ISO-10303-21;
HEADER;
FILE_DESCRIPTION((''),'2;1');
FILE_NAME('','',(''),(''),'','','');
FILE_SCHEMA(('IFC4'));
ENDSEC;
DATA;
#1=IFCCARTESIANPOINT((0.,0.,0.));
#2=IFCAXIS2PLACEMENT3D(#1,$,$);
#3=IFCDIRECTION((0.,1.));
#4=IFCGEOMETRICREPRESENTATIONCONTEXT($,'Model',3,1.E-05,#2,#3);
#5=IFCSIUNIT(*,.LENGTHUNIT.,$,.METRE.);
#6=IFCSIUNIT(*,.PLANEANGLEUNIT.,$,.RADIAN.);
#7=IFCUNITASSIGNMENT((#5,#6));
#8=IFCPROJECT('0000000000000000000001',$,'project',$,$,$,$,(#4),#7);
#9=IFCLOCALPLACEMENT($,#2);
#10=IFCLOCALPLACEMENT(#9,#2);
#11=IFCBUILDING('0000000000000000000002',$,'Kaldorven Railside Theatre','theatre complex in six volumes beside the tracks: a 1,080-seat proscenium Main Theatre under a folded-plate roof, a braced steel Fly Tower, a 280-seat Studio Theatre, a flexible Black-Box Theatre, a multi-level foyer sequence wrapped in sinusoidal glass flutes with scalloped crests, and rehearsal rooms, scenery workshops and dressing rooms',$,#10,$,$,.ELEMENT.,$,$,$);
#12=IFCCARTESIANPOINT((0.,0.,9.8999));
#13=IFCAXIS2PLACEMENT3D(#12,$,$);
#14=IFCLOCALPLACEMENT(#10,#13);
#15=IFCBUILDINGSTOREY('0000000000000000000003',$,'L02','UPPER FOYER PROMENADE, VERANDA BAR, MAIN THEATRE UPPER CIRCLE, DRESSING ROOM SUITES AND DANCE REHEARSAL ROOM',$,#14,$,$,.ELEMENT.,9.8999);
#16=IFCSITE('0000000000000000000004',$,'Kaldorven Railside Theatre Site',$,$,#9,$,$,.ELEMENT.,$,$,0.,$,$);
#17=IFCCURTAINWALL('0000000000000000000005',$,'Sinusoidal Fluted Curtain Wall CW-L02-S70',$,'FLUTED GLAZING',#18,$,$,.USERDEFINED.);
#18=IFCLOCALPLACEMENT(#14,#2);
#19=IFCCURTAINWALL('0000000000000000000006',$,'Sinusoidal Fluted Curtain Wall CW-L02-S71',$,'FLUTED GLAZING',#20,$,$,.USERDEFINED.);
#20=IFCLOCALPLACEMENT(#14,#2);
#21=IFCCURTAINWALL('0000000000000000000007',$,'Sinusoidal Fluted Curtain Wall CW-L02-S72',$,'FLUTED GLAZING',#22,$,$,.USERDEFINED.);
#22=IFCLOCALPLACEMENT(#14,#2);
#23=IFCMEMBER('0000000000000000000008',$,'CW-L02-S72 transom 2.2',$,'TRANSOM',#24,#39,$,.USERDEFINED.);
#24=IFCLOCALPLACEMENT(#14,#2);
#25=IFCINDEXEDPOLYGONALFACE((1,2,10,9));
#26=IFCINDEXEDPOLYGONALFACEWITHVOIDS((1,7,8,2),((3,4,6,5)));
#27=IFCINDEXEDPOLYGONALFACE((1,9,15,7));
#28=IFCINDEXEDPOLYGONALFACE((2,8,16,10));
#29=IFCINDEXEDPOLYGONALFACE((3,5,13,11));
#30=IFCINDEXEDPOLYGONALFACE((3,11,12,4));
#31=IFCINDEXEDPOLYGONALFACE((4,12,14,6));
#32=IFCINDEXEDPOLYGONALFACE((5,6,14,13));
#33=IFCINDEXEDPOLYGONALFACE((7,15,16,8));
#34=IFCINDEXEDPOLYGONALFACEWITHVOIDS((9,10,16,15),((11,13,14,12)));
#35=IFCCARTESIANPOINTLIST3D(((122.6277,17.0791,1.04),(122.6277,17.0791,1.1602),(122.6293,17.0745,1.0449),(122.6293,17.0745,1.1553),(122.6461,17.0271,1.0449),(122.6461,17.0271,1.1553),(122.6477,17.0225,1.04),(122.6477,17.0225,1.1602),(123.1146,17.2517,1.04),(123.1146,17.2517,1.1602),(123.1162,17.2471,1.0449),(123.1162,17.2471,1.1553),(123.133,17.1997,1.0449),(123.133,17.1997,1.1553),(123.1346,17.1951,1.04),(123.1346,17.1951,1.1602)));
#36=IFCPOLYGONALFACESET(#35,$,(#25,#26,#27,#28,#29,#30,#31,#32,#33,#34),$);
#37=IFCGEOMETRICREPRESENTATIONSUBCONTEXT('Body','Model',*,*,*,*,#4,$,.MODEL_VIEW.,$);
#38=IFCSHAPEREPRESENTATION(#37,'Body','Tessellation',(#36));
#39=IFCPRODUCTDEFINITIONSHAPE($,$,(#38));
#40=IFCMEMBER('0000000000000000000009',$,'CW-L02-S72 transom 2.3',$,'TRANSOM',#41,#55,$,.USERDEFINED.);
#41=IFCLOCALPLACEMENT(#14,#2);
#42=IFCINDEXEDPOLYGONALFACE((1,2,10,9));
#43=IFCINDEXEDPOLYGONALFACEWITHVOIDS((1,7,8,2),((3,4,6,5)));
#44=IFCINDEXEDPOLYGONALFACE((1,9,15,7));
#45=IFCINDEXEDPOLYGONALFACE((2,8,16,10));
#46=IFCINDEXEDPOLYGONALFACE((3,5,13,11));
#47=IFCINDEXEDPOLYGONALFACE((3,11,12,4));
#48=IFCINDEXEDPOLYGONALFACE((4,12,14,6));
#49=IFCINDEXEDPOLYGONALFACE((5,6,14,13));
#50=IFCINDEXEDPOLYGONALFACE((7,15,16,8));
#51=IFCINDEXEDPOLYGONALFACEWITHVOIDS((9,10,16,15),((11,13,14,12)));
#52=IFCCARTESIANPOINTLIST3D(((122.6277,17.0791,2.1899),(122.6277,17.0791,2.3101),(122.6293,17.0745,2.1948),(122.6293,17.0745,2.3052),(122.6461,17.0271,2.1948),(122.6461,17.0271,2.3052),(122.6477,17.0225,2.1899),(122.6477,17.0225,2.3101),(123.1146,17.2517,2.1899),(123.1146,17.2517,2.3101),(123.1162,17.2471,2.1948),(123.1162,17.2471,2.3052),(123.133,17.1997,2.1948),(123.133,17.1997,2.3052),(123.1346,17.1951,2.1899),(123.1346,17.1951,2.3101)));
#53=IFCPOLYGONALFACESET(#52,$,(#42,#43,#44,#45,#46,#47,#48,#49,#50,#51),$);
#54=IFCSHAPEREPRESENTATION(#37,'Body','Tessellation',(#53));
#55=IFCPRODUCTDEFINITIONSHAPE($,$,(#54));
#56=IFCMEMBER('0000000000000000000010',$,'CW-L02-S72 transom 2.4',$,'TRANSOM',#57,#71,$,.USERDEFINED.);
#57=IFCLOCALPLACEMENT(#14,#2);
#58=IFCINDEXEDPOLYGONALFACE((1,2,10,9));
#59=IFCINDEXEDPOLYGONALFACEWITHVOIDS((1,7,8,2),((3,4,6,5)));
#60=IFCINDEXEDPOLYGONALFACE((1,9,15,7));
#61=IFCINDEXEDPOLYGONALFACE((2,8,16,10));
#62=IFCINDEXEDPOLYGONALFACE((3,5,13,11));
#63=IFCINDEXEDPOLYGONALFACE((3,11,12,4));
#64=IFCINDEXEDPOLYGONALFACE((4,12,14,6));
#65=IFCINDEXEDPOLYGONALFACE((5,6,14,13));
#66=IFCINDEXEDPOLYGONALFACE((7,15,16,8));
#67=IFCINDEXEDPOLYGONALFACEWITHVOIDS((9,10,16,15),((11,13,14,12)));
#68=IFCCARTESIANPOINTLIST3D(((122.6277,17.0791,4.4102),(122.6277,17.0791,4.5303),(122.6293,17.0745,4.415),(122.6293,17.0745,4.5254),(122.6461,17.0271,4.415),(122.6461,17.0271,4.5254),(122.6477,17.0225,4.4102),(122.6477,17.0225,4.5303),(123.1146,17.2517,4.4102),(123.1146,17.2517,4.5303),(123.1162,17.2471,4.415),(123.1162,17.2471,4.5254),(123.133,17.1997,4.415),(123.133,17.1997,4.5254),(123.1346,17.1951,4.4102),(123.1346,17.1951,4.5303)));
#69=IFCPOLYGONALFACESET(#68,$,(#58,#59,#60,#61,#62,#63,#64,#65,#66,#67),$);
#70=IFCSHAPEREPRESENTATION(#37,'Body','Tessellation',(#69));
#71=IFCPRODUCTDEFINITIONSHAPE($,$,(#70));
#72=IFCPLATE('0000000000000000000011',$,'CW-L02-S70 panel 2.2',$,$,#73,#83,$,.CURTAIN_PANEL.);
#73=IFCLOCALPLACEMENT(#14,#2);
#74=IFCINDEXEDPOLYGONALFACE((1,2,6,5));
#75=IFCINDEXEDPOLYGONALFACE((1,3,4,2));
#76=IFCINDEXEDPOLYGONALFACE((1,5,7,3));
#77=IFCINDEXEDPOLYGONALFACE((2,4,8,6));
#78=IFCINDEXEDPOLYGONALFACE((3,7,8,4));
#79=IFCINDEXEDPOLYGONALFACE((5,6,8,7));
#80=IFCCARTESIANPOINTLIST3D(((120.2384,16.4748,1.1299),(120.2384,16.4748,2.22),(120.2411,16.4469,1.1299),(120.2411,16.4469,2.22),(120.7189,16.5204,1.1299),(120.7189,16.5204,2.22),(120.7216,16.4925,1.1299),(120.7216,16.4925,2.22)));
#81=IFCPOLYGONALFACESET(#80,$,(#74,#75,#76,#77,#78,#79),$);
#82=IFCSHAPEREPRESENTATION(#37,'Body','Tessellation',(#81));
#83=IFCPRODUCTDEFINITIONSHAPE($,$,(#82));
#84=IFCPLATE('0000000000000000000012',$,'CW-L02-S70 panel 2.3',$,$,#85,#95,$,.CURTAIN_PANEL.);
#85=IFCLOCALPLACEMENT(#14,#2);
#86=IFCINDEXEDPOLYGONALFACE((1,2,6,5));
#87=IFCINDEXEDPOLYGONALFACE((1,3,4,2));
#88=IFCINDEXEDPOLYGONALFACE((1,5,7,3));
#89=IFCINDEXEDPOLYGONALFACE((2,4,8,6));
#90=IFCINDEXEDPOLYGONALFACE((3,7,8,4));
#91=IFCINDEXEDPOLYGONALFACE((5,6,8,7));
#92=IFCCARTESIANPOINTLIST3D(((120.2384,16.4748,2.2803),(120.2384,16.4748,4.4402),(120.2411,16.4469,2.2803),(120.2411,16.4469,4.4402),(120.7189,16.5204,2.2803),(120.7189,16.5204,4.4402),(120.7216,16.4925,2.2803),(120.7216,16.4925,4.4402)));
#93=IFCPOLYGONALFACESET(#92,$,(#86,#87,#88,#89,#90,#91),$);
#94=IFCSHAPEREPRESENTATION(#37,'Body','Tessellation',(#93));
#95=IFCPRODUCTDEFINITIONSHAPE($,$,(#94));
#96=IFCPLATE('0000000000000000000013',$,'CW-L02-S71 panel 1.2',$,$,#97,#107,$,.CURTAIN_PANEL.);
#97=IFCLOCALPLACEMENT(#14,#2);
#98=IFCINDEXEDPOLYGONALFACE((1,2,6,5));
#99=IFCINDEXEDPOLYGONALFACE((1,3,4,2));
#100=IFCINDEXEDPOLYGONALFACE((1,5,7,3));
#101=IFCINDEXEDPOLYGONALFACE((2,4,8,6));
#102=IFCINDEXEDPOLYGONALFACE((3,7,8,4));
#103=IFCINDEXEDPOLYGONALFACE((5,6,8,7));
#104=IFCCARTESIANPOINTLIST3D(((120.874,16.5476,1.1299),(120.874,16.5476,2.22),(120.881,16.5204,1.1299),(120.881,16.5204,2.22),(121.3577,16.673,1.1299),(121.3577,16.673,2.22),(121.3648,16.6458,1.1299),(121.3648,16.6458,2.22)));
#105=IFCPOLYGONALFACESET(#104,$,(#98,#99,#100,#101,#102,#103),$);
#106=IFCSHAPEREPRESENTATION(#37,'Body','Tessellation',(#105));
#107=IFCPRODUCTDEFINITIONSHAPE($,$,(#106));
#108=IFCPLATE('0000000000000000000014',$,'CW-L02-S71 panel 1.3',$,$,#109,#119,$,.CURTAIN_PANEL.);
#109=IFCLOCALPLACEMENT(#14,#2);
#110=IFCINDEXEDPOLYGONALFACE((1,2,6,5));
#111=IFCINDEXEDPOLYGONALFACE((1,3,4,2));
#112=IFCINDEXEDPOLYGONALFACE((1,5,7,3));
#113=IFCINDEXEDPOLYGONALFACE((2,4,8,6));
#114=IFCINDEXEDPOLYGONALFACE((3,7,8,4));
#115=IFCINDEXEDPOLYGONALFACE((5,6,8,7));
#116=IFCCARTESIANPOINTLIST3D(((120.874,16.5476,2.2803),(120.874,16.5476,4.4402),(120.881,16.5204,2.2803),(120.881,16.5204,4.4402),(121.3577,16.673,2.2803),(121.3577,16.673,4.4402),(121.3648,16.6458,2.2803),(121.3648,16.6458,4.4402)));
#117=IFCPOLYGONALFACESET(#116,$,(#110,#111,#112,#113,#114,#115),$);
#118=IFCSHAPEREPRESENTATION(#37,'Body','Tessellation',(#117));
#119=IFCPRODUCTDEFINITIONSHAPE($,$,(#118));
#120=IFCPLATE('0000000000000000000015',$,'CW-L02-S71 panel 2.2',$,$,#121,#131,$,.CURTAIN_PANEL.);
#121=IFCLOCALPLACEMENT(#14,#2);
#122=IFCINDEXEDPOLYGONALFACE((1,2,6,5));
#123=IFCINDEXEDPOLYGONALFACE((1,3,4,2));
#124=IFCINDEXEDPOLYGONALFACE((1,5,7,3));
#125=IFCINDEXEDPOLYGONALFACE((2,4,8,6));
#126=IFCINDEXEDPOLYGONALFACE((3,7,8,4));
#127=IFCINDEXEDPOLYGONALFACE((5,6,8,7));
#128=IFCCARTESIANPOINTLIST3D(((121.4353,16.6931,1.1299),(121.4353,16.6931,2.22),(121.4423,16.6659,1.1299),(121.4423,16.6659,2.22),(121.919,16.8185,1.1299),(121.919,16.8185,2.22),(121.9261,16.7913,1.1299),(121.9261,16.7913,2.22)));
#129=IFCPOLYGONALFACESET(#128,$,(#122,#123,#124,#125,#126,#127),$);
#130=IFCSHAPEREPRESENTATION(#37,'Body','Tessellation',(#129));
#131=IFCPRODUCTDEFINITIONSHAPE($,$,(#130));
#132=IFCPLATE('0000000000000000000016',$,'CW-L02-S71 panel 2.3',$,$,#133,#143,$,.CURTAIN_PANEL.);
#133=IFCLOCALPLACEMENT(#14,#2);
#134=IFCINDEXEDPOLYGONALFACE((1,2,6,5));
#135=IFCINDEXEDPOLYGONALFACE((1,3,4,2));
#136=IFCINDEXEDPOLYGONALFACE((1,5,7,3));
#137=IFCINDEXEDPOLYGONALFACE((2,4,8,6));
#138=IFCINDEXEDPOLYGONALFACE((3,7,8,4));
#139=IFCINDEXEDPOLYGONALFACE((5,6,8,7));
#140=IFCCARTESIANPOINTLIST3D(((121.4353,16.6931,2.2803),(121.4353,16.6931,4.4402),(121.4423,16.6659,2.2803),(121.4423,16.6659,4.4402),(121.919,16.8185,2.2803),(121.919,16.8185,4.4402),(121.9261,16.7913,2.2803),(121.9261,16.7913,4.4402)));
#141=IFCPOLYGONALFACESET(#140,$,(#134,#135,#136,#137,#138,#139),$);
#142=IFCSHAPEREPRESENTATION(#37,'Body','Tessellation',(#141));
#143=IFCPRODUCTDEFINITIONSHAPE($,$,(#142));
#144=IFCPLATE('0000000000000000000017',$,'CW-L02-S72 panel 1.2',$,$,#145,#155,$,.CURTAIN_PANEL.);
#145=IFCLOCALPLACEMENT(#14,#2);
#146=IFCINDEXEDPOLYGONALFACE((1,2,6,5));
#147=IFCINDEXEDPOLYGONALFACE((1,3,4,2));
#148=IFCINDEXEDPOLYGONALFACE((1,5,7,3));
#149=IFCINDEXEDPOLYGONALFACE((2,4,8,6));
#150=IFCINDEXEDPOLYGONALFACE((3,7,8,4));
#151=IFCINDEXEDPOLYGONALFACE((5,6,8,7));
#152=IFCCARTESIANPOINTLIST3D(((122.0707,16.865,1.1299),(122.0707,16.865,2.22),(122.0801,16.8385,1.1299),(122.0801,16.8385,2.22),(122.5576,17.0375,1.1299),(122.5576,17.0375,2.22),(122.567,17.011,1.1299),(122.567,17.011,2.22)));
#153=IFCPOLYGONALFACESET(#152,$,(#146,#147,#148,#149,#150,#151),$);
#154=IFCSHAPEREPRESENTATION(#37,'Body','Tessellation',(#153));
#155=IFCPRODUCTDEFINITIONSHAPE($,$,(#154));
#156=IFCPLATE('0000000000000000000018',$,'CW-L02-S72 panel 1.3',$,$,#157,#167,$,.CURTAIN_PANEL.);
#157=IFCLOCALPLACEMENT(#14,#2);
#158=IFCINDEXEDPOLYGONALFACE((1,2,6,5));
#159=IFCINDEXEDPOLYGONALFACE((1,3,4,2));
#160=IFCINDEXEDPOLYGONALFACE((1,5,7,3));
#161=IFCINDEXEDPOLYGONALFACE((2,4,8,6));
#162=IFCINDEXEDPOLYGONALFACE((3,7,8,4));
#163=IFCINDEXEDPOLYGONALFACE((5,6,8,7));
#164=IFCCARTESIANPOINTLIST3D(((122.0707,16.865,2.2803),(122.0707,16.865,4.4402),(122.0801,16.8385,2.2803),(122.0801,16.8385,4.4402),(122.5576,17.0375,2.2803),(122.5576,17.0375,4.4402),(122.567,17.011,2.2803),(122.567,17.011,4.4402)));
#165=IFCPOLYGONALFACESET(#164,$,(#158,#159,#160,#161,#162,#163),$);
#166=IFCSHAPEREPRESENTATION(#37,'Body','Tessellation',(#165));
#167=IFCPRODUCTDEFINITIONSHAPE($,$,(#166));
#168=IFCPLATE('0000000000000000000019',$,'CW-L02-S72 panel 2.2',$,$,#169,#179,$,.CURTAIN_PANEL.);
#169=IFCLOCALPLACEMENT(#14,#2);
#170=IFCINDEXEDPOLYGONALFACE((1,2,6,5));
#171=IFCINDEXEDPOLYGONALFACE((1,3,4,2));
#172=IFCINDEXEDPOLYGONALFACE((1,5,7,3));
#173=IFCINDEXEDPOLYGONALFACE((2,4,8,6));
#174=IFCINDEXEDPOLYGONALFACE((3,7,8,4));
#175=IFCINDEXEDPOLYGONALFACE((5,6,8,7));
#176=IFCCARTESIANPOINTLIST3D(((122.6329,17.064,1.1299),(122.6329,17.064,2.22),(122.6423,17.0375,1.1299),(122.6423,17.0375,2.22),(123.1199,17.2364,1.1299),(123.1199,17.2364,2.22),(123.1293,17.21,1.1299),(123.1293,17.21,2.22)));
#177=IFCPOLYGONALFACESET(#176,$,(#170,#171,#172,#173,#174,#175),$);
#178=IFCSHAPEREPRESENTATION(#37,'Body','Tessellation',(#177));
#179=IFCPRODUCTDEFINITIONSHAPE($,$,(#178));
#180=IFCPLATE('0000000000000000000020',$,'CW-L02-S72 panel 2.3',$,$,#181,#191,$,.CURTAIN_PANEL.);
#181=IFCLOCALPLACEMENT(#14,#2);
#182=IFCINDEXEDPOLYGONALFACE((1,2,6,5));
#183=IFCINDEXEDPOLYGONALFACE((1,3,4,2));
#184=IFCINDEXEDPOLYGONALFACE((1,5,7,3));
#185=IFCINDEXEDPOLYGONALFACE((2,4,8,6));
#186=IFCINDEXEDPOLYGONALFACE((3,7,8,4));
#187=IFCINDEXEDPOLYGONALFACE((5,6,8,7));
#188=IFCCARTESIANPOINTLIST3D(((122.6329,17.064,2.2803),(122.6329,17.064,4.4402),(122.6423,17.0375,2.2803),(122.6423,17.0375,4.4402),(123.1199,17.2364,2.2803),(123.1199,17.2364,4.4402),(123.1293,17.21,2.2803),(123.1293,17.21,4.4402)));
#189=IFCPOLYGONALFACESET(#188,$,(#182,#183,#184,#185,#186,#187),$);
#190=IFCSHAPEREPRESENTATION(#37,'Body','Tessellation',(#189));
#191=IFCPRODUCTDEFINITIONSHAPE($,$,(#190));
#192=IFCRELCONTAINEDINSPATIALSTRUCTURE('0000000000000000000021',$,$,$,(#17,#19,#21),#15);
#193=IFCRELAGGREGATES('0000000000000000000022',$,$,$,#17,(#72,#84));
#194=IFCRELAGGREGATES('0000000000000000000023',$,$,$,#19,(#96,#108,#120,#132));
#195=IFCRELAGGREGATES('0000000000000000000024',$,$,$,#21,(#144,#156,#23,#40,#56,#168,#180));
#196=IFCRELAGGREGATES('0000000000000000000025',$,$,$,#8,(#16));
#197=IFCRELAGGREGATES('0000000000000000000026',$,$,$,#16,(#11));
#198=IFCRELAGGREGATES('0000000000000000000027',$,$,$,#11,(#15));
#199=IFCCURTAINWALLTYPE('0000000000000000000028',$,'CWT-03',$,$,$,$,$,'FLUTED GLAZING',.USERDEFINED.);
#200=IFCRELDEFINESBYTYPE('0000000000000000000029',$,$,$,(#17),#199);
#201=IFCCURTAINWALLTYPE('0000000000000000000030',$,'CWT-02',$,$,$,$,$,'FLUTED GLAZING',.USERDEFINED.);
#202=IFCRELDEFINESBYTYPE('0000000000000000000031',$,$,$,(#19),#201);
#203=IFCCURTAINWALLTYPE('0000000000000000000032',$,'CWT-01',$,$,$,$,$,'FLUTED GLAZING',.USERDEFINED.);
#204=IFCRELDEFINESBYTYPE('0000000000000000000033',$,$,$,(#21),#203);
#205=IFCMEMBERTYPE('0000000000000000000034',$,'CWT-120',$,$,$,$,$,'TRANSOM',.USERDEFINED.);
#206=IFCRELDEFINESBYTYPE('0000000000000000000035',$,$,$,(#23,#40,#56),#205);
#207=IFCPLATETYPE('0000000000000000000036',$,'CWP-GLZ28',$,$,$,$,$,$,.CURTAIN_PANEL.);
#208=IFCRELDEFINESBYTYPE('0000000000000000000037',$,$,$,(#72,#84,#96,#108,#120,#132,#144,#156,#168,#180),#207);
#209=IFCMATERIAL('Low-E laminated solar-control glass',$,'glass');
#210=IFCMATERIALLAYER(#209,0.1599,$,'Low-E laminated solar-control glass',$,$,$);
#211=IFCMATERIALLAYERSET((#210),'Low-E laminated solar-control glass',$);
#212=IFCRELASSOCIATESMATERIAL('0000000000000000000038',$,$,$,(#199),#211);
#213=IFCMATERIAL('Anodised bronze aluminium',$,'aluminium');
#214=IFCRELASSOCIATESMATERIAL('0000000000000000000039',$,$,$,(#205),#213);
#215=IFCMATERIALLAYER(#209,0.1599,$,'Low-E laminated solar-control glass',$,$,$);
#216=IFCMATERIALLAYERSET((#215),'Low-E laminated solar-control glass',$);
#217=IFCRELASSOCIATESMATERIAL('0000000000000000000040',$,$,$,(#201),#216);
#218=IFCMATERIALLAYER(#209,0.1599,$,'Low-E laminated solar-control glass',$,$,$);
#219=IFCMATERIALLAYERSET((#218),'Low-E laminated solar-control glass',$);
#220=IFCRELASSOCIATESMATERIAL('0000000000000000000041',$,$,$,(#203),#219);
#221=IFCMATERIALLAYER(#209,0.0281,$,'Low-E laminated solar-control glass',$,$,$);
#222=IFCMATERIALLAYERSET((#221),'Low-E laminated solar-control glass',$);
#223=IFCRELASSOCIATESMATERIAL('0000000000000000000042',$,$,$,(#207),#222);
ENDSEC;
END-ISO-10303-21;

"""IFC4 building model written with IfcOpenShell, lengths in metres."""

from ifc_helpers import new_model, si_unit, direction, frame, origin, origin_2d, place, context, subcontext, project, spatial, rectangle, hollow_rectangle, extrude, material, layer, layer_set, material_profile, profile_set, type_object, element, aggregate, save


model = new_model("IFC4")

# Units and contexts
model_context = context("Model", 3, precision=1e-05, world=origin(), true_north=direction((0.0, 1.0)))
body_context = subcontext(model_context, "Body", "Model", "MODEL_VIEW")
ifc_project = project(units=[si_unit("LENGTHUNIT", "METRE"), si_unit("PLANEANGLEUNIT", "RADIAN")], contexts=[model_context])

# Site, building, storey
site_placement = place(None, origin())
site = spatial("IfcSite", under=ifc_project, at=site_placement, Name="Kaldorven Railside Theatre Site", CompositionType="ELEMENT", RefElevation=0.0)
building_placement = place(site_placement, origin())
building = spatial("IfcBuilding", under=site, at=building_placement, Name="Kaldorven Railside Theatre", Description="theatre complex in six volumes beside the tracks: a 1,080-seat proscenium Main Theatre under a folded-plate roof, a braced steel Fly Tower, a 280-seat Studio Theatre, a flexible Black-Box Theatre, a multi-level foyer sequence wrapped in sinusoidal glass flutes with scalloped crests, and rehearsal rooms, scenery workshops and dressing rooms", CompositionType="ELEMENT")
storey_placement = place(building_placement, frame((0.0, 0.0, 9.8999)))
storey = spatial("IfcBuildingStorey", under=building, at=storey_placement, Name="L02", Description="UPPER FOYER PROMENADE, VERANDA BAR, MAIN THEATRE UPPER CIRCLE, DRESSING ROOM SUITES AND DANCE REHEARSAL ROOM", CompositionType="ELEMENT", Elevation=9.8999)

# Curtain walls, members
ifc_material_1 = material(Name="Low-E laminated solar-control glass", Category="glass")
ifc_layer_1 = layer(ifc_material_1, 0.1599, Name="Low-E laminated solar-control glass")
ifc_layer_set_1 = layer_set([ifc_layer_1], Name="Low-E laminated solar-control glass")
curtain_wall_type_1 = type_object("IfcCurtainWallType", Name="CWT-03", ElementType="FLUTED GLAZING", PredefinedType="USERDEFINED", material=ifc_layer_set_1)
curtain_wall_1_placement = place(storey_placement, origin())
curtain_wall_1 = element("IfcCurtainWall", 1, at=curtain_wall_1_placement, inside=storey, type_object=curtain_wall_type_1, Name="Sinusoidal Fluted Curtain Wall CW-L02-S70", ObjectType="FLUTED GLAZING", PredefinedType="USERDEFINED")
ifc_material_2 = material(Name="Anodised bronze aluminium", Category="aluminium")
ifc_material_profile = material_profile(ifc_material_2, hollow_rectangle(XDim=0.0601, YDim=0.1201, WallThickness=0.0049, at=origin_2d()), Name="RHS 120x60x5")
ifc_profile_set = profile_set([ifc_material_profile], Name="Anodised bronze aluminium")
member_type = type_object("IfcMemberType", Name="CWT-120", ElementType="TRANSOM", PredefinedType="USERDEFINED", material=ifc_profile_set)
ifc_layer_2 = layer(ifc_material_1, 0.1599, Name="Low-E laminated solar-control glass")
ifc_layer_set_2 = layer_set([ifc_layer_2], Name="Low-E laminated solar-control glass")
curtain_wall_type_2 = type_object("IfcCurtainWallType", Name="CWT-02", ElementType="FLUTED GLAZING", PredefinedType="USERDEFINED", material=ifc_layer_set_2)
curtain_wall_2_placement = place(storey_placement, origin())
curtain_wall_2 = element("IfcCurtainWall", 2, at=curtain_wall_2_placement, inside=storey, type_object=curtain_wall_type_2, Name="Sinusoidal Fluted Curtain Wall CW-L02-S71", ObjectType="FLUTED GLAZING", PredefinedType="USERDEFINED")
ifc_layer_3 = layer(ifc_material_1, 0.1599, Name="Low-E laminated solar-control glass")
ifc_layer_set_3 = layer_set([ifc_layer_3], Name="Low-E laminated solar-control glass")
curtain_wall_type_3 = type_object("IfcCurtainWallType", Name="CWT-01", ElementType="FLUTED GLAZING", PredefinedType="USERDEFINED", material=ifc_layer_set_3)
curtain_wall_3_placement = place(storey_placement, origin())
curtain_wall_3 = element("IfcCurtainWall", 3, at=curtain_wall_3_placement, inside=storey, type_object=curtain_wall_type_3, Name="Sinusoidal Fluted Curtain Wall CW-L02-S72", ObjectType="FLUTED GLAZING", PredefinedType="USERDEFINED")
member_1_placement = place(storey_placement, frame((122.6377, 17.0508, 1.1001), z_axis=(0.942509, 0.33418, 0.0), x_axis=(-0.33418, 0.942509, 0.0)))
member_1 = element("IfcMember", 4, at=member_1_placement, type_object=member_type, Name="CW-L02-S72 transom 2.2", ObjectType="TRANSOM", PredefinedType="USERDEFINED", context=body_context, shape_type="SweptSolid", body=[
    extrude(hollow_rectangle(XDim=0.0601, YDim=0.1201, WallThickness=0.0049, at=origin_2d()), origin(), (0.0, 0.0, 1.0), 0.5166),
])
member_2_placement = place(storey_placement, frame((122.6377, 17.0508, 2.25), z_axis=(0.942509, 0.33418, 0.0), x_axis=(-0.33418, 0.942509, 0.0)))
member_2 = element("IfcMember", 5, at=member_2_placement, type_object=member_type, Name="CW-L02-S72 transom 2.3", ObjectType="TRANSOM", PredefinedType="USERDEFINED", context=body_context, shape_type="SweptSolid", body=[
    extrude(hollow_rectangle(XDim=0.0601, YDim=0.1201, WallThickness=0.0049, at=origin_2d()), origin(), (0.0, 0.0, 1.0), 0.5166),
])
member_3_placement = place(storey_placement, frame((122.6377, 17.0508, 4.4702), z_axis=(0.942509, 0.33418, 0.0), x_axis=(-0.33418, 0.942509, 0.0)))
member_3 = element("IfcMember", 6, at=member_3_placement, type_object=member_type, Name="CW-L02-S72 transom 2.4", ObjectType="TRANSOM", PredefinedType="USERDEFINED", context=body_context, shape_type="SweptSolid", body=[
    extrude(hollow_rectangle(XDim=0.0601, YDim=0.1201, WallThickness=0.0049, at=origin_2d()), origin(), (0.0, 0.0, 1.0), 0.5166),
])

# Plates
ifc_layer_4 = layer(ifc_material_1, 0.0281, Name="Low-E laminated solar-control glass")
ifc_layer_set_4 = layer_set([ifc_layer_4], Name="Low-E laminated solar-control glass")
plate_type = type_object("IfcPlateType", Name="CWP-GLZ28", PredefinedType="CURTAIN_PANEL", material=ifc_layer_set_4)
plate_1_placement = place(storey_placement, frame((120.48, 16.4836, 1.1299), z_axis=(0.0, 0.0, 1.0), x_axis=(0.995526, 0.094492, 0.0)))
plate_1 = element("IfcPlate", 7, at=plate_1_placement, type_object=plate_type, Name="CW-L02-S70 panel 2.2", PredefinedType="CURTAIN_PANEL", context=body_context, shape_type="SweptSolid", body=[
    extrude(rectangle(XDim=0.4827, YDim=0.0281, at=origin_2d()), origin(), (0.0, 0.0, 1.0), 1.0901),
])
plate_2_placement = place(storey_placement, frame((120.48, 16.4836, 2.2803), z_axis=(0.0, 0.0, 1.0), x_axis=(0.995526, 0.094492, 0.0)))
plate_2 = element("IfcPlate", 8, at=plate_2_placement, type_object=plate_type, Name="CW-L02-S70 panel 2.3", PredefinedType="CURTAIN_PANEL", context=body_context, shape_type="SweptSolid", body=[
    extrude(rectangle(XDim=0.4827, YDim=0.0281, at=origin_2d()), origin(), (0.0, 0.0, 1.0), 2.1599),
])
aggregate(curtain_wall_1, [plate_1, plate_2])
plate_3_placement = place(storey_placement, frame((121.1194, 16.5967, 1.1299), z_axis=(0.0, 0.0, 1.0), x_axis=(0.967999, 0.250954, 0.0)))
plate_3 = element("IfcPlate", 9, at=plate_3_placement, type_object=plate_type, Name="CW-L02-S71 panel 1.2", PredefinedType="CURTAIN_PANEL", context=body_context, shape_type="SweptSolid", body=[
    extrude(rectangle(XDim=0.4998, YDim=0.0281, at=origin_2d()), origin(), (0.0, 0.0, 1.0), 1.0901),
])
plate_4_placement = place(storey_placement, frame((121.1194, 16.5967, 2.2803), z_axis=(0.0, 0.0, 1.0), x_axis=(0.967999, 0.250954, 0.0)))
plate_4 = element("IfcPlate", 10, at=plate_4_placement, type_object=plate_type, Name="CW-L02-S71 panel 1.3", PredefinedType="CURTAIN_PANEL", context=body_context, shape_type="SweptSolid", body=[
    extrude(rectangle(XDim=0.4998, YDim=0.0281, at=origin_2d()), origin(), (0.0, 0.0, 1.0), 2.1599),
])
plate_5_placement = place(storey_placement, frame((121.6807, 16.7422, 1.1299), z_axis=(0.0, 0.0, 1.0), x_axis=(0.967999, 0.250954, 0.0)))
plate_5 = element("IfcPlate", 11, at=plate_5_placement, type_object=plate_type, Name="CW-L02-S71 panel 2.2", PredefinedType="CURTAIN_PANEL", context=body_context, shape_type="SweptSolid", body=[
    extrude(rectangle(XDim=0.4998, YDim=0.0281, at=origin_2d()), origin(), (0.0, 0.0, 1.0), 1.0901),
])
plate_6_placement = place(storey_placement, frame((121.6807, 16.7422, 2.2803), z_axis=(0.0, 0.0, 1.0), x_axis=(0.967999, 0.250954, 0.0)))
plate_6 = element("IfcPlate", 12, at=plate_6_placement, type_object=plate_type, Name="CW-L02-S71 panel 2.3", PredefinedType="CURTAIN_PANEL", context=body_context, shape_type="SweptSolid", body=[
    extrude(rectangle(XDim=0.4998, YDim=0.0281, at=origin_2d()), origin(), (0.0, 0.0, 1.0), 2.1599),
])
aggregate(curtain_wall_2, [plate_3, plate_4, plate_5, plate_6])
plate_7_placement = place(storey_placement, frame((122.3188, 16.938, 1.1299), z_axis=(0.0, 0.0, 1.0), x_axis=(0.942627, 0.333847, 0.0)))
plate_7 = element("IfcPlate", 13, at=plate_7_placement, type_object=plate_type, Name="CW-L02-S72 panel 1.2", PredefinedType="CURTAIN_PANEL", context=body_context, shape_type="SweptSolid", body=[
    extrude(rectangle(XDim=0.5166, YDim=0.0281, at=origin_2d()), origin(), (0.0, 0.0, 1.0), 1.0901),
])
plate_8_placement = place(storey_placement, frame((122.3188, 16.938, 2.2803), z_axis=(0.0, 0.0, 1.0), x_axis=(0.942627, 0.333847, 0.0)))
plate_8 = element("IfcPlate", 14, at=plate_8_placement, type_object=plate_type, Name="CW-L02-S72 panel 1.3", PredefinedType="CURTAIN_PANEL", context=body_context, shape_type="SweptSolid", body=[
    extrude(rectangle(XDim=0.5166, YDim=0.0281, at=origin_2d()), origin(), (0.0, 0.0, 1.0), 2.1599),
])
plate_9_placement = place(storey_placement, frame((122.8811, 17.137, 1.1299), z_axis=(0.0, 0.0, 1.0), x_axis=(0.942627, 0.333847, 0.0)))
plate_9 = element("IfcPlate", 15, at=plate_9_placement, type_object=plate_type, Name="CW-L02-S72 panel 2.2", PredefinedType="CURTAIN_PANEL", context=body_context, shape_type="SweptSolid", body=[
    extrude(rectangle(XDim=0.5166, YDim=0.0281, at=origin_2d()), origin(), (0.0, 0.0, 1.0), 1.0901),
])
plate_10_placement = place(storey_placement, frame((122.8811, 17.137, 2.2803), z_axis=(0.0, 0.0, 1.0), x_axis=(0.942627, 0.333847, 0.0)))
plate_10 = element("IfcPlate", 16, at=plate_10_placement, type_object=plate_type, Name="CW-L02-S72 panel 2.3", PredefinedType="CURTAIN_PANEL", context=body_context, shape_type="SweptSolid", body=[
    extrude(rectangle(XDim=0.5166, YDim=0.0281, at=origin_2d()), origin(), (0.0, 0.0, 1.0), 2.1599),
])
aggregate(curtain_wall_3, [plate_7, plate_8, member_1, member_2, member_3, plate_9, plate_10])

save(model, "model.ifc")
